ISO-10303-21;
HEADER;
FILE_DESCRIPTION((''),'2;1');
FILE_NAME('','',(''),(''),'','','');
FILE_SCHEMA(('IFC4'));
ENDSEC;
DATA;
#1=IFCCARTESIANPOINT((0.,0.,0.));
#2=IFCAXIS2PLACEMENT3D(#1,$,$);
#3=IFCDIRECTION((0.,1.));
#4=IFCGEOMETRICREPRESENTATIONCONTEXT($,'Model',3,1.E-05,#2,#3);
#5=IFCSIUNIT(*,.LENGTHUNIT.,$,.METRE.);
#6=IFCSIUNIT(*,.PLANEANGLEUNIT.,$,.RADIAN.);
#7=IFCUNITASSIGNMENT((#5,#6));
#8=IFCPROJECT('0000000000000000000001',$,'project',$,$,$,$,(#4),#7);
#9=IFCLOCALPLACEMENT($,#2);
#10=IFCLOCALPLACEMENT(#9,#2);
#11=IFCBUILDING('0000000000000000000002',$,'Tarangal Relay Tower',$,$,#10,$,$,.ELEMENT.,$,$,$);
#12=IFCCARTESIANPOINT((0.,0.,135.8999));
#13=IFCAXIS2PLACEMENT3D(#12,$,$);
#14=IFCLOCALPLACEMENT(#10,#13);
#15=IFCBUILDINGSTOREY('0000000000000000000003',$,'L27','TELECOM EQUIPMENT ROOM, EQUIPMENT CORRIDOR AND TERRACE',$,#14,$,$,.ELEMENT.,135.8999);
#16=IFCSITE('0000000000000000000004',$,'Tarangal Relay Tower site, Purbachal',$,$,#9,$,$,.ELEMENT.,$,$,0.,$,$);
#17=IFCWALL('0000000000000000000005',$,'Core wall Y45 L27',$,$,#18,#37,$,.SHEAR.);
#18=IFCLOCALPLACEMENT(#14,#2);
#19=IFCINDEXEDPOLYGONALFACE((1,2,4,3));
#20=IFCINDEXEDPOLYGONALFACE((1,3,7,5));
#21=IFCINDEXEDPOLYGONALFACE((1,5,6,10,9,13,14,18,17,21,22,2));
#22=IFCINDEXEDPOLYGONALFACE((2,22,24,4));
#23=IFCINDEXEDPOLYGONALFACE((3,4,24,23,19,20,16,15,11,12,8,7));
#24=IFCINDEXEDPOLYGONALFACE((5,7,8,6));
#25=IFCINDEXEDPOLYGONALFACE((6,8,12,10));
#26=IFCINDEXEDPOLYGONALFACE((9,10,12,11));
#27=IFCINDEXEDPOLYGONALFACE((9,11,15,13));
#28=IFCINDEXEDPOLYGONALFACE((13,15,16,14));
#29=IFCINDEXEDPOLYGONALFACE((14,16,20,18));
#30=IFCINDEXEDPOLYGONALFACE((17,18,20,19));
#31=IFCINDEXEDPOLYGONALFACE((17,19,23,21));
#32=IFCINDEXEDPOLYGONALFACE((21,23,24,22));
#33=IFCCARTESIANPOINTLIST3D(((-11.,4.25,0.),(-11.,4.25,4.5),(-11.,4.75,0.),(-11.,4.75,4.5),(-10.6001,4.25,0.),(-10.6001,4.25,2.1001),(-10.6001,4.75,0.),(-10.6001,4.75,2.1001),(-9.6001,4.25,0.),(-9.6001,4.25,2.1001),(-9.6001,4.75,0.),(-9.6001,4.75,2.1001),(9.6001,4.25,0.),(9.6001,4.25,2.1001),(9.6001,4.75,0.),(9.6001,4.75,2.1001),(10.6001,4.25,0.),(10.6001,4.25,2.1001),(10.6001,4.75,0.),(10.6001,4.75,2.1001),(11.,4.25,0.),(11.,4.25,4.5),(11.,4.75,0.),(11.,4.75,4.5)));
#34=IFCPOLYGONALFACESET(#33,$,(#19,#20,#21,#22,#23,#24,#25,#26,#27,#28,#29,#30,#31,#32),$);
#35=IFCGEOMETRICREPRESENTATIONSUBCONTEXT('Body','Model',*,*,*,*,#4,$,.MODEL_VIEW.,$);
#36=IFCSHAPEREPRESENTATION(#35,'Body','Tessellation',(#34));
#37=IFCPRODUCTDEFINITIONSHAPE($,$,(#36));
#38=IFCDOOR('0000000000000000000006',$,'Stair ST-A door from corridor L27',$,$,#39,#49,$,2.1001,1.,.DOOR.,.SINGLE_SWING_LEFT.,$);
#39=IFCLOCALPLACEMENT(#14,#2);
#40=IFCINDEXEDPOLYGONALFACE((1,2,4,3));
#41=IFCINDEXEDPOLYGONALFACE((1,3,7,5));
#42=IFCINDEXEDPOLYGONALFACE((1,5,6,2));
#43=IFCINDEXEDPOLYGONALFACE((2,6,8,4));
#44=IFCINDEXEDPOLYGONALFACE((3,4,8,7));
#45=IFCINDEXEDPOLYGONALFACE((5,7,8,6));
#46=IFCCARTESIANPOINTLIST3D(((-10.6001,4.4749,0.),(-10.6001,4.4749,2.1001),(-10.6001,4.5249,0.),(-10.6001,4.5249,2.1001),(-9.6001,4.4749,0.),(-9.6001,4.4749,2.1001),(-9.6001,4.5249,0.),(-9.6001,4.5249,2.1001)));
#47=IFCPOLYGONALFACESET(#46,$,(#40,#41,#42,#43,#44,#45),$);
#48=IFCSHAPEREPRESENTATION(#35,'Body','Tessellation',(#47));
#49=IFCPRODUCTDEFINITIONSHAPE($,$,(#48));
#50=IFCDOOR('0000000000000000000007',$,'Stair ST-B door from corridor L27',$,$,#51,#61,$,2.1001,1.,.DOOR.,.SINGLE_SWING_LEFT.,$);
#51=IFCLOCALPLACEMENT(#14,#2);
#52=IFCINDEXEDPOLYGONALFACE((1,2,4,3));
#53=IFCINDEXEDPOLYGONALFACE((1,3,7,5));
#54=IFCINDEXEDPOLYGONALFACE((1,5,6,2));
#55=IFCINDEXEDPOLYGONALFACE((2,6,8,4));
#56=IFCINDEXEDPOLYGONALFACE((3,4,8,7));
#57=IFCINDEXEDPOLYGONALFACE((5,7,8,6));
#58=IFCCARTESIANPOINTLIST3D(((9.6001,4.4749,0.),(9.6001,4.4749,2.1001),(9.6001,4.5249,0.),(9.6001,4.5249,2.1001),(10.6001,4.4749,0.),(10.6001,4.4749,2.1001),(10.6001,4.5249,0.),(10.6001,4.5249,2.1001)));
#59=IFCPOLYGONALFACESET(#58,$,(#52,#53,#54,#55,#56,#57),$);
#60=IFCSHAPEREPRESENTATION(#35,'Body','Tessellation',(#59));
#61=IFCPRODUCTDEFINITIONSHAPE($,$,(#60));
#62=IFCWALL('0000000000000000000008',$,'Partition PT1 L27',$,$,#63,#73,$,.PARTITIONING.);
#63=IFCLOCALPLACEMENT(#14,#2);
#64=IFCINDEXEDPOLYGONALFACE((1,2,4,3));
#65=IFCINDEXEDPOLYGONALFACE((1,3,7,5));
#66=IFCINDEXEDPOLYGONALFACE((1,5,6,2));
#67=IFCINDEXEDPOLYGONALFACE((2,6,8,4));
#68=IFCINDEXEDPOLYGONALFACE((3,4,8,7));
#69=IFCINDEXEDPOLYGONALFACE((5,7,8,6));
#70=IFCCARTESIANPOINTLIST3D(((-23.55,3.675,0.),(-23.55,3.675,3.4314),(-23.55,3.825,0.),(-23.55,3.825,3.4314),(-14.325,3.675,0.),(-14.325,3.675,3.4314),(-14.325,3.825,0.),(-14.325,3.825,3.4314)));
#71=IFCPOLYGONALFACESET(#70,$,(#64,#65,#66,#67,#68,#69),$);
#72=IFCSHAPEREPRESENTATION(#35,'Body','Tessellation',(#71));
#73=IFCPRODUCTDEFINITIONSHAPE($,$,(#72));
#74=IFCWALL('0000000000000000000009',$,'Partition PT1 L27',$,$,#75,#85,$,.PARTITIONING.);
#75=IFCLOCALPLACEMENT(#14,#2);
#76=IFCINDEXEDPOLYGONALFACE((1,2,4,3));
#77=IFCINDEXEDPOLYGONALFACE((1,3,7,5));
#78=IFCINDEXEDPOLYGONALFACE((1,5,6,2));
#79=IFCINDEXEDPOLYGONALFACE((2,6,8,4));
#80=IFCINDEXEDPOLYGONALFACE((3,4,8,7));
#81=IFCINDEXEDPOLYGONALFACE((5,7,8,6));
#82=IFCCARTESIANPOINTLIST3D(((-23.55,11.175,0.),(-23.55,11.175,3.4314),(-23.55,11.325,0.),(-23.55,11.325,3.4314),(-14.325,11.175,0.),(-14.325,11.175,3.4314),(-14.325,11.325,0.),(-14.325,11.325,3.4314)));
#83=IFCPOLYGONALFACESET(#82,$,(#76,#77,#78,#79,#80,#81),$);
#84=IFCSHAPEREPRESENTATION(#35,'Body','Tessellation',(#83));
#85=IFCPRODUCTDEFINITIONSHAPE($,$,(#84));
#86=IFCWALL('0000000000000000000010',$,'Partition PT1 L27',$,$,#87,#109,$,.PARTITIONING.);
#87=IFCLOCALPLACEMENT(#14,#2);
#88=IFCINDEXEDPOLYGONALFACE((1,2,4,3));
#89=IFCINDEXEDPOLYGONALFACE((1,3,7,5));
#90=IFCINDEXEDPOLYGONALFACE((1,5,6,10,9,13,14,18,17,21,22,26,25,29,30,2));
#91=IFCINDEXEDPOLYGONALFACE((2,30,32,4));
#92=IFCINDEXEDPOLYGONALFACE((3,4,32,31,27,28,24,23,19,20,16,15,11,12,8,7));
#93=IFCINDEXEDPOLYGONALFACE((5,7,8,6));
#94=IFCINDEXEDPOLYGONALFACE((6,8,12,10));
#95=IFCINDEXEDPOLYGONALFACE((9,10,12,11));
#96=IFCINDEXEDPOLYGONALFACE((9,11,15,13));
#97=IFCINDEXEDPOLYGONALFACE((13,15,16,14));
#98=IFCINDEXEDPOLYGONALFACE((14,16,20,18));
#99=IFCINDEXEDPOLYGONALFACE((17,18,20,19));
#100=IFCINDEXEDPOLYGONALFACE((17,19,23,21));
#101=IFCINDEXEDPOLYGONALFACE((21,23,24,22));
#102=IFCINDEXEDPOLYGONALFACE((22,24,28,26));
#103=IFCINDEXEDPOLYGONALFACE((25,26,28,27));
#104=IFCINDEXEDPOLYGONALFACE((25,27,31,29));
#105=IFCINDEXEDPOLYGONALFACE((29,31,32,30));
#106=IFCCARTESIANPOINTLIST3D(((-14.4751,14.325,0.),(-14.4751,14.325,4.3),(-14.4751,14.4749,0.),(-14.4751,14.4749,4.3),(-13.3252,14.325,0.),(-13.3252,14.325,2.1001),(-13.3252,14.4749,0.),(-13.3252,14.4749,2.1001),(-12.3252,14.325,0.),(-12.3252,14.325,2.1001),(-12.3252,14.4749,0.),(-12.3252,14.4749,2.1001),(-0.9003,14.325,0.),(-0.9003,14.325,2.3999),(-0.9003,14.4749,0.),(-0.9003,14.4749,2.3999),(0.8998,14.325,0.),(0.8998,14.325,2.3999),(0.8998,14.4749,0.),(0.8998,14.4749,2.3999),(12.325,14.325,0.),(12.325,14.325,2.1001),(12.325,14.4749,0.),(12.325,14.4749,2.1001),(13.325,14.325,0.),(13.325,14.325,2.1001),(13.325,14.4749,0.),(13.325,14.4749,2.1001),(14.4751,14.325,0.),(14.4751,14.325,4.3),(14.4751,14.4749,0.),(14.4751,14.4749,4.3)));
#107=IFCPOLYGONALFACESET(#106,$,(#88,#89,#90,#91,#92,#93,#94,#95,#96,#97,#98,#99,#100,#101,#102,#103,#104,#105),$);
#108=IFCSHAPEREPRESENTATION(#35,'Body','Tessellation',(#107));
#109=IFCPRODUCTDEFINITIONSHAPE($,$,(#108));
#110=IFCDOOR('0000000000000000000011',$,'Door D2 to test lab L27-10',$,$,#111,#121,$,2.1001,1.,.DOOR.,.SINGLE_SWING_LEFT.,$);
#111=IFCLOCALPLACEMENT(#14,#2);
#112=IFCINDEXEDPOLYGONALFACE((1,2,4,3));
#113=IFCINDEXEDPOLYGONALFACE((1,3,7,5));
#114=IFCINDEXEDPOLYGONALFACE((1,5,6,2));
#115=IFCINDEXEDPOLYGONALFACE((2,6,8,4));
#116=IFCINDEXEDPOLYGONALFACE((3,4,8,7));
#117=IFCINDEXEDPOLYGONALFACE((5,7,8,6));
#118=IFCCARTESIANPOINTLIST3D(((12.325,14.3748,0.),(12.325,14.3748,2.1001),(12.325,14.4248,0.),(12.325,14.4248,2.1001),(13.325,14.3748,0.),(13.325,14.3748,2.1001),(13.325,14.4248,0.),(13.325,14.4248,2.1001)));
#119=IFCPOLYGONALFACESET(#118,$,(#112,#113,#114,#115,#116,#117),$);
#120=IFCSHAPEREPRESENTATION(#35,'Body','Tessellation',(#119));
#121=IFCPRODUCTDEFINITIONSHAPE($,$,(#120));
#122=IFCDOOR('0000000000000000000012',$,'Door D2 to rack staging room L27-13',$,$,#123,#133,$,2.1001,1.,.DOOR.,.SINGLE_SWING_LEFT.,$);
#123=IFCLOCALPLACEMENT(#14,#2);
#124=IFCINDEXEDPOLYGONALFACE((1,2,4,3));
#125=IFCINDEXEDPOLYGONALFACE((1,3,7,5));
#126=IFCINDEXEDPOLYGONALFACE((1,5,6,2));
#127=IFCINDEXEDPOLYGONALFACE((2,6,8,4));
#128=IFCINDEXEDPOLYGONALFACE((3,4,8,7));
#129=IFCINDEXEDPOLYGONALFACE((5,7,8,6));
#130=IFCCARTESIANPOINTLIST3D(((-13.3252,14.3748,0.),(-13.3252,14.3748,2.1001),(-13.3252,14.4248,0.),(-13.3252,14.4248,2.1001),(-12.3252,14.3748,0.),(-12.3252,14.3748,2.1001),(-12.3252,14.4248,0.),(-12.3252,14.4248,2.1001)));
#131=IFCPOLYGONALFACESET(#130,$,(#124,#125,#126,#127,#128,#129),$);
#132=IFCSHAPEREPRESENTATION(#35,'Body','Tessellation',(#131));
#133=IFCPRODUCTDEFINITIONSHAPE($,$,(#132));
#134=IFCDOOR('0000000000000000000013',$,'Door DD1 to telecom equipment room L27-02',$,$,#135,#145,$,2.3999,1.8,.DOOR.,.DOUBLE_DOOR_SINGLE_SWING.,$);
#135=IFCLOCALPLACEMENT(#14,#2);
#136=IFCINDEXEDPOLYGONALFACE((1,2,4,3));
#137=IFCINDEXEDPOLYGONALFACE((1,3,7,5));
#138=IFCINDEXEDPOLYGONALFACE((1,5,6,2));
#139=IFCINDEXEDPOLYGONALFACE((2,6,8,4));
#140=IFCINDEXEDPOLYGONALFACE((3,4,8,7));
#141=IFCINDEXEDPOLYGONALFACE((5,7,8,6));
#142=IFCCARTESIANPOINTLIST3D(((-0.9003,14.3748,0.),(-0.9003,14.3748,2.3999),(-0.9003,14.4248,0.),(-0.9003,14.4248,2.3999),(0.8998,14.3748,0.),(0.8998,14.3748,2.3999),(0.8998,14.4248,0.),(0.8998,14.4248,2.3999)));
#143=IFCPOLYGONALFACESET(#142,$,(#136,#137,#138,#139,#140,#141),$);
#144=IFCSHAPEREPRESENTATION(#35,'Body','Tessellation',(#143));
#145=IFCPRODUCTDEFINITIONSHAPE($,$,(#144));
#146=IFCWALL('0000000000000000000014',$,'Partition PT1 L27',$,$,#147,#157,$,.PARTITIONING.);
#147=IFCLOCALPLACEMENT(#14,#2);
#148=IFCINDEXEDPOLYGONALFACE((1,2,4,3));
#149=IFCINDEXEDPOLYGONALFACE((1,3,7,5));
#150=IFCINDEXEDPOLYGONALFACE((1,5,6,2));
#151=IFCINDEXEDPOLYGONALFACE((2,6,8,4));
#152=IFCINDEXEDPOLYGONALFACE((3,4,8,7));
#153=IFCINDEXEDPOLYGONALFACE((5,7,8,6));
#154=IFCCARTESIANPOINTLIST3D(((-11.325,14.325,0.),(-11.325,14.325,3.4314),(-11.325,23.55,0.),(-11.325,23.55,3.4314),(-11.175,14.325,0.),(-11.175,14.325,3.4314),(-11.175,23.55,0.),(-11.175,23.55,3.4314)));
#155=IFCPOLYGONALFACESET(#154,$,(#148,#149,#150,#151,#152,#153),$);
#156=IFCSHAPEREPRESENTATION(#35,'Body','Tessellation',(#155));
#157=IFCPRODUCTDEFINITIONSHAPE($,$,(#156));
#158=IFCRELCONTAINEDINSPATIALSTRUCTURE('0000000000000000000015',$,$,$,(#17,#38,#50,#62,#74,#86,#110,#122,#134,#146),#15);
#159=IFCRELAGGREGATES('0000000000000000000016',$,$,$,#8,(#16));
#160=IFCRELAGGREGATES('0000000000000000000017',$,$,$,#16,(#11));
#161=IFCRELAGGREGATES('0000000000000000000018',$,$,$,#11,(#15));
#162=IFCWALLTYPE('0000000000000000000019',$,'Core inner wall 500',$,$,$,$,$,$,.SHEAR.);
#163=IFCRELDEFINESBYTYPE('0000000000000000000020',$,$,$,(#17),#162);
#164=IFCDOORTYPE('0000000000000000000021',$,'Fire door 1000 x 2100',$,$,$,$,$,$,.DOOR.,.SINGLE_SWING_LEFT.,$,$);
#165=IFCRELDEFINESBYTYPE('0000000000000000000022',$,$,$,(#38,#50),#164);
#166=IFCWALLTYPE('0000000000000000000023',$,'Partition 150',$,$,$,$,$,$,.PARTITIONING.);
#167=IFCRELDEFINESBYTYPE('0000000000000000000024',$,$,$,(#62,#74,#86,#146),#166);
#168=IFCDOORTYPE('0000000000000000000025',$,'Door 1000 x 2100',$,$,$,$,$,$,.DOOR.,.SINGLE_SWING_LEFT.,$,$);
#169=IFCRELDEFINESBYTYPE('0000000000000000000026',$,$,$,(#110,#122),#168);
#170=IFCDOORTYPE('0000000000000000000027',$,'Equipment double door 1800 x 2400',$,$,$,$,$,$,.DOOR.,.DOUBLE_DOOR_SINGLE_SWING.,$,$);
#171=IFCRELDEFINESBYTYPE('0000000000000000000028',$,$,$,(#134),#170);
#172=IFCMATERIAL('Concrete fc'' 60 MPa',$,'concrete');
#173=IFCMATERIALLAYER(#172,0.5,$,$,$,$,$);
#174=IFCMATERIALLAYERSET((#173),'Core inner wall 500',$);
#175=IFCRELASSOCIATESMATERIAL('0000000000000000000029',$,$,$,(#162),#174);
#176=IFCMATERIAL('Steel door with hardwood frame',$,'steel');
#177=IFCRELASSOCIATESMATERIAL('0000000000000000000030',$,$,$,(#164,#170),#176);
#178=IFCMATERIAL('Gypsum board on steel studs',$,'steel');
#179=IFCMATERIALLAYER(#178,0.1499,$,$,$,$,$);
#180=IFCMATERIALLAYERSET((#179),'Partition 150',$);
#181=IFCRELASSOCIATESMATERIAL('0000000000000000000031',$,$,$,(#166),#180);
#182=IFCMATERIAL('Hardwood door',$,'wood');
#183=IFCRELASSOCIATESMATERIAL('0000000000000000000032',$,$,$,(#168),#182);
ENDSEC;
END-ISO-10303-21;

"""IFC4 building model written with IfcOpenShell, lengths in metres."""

from ifc_helpers import new_model, si_unit, direction, frame, frame_2d, origin, place, context, subcontext, project, spatial, rectangle, extrude, material, layer, layer_set, type_object, element, fill, save


model = new_model("IFC4")

# Units and contexts
model_context = context("Model", 3, precision=1e-05, world=origin(), true_north=direction((0.0, 1.0)))
body_context = subcontext(model_context, "Body", "Model", "MODEL_VIEW")
ifc_project = project(units=[si_unit("LENGTHUNIT", "METRE"), si_unit("PLANEANGLEUNIT", "RADIAN")], contexts=[model_context])

# Site, building, storey
site_placement = place(None, origin())
site = spatial("IfcSite", under=ifc_project, at=site_placement, Name="Tarangal Relay Tower site, Purbachal", CompositionType="ELEMENT", RefElevation=0.0)
building_placement = place(site_placement, origin())
building = spatial("IfcBuilding", under=site, at=building_placement, Name="Tarangal Relay Tower", CompositionType="ELEMENT")
storey_placement = place(building_placement, frame((0.0, 0.0, 135.8999)))
storey = spatial("IfcBuildingStorey", under=building, at=storey_placement, Name="L27", Description="TELECOM EQUIPMENT ROOM, EQUIPMENT CORRIDOR AND TERRACE", CompositionType="ELEMENT", Elevation=135.8999)

# Wall, openings, doors
ifc_material_1 = material(Name="Concrete fc' 60 MPa", Category="concrete")
ifc_layer_1 = layer(ifc_material_1, 0.5)
ifc_layer_set_1 = layer_set([ifc_layer_1], Name="Core inner wall 500")
wall_type_1 = type_object("IfcWallType", Name="Core inner wall 500", PredefinedType="SHEAR", material=ifc_layer_set_1)
wall_1_placement = place(storey_placement, frame((-11.0, 4.5, 0.0), z_axis=(0.0, 0.0, 1.0), x_axis=(1.0, 0.0, 0.0)))
wall_1 = element("IfcWall", 1, at=wall_1_placement, inside=storey, type_object=wall_type_1, Name="Core wall Y45 L27", PredefinedType="SHEAR", context=body_context, shape_type="SweptSolid", body=[
    extrude(rectangle(XDim=22.0, YDim=0.5, at=frame_2d((11.0, 0.0))), origin(), (0.0, 0.0, 1.0), 4.5),
])
opening_1_placement = place(wall_1_placement, frame((0.3999, 0.0, 0.0)))
opening_1 = element("IfcOpeningElement", 2, at=opening_1_placement, cuts=wall_1, PredefinedType="OPENING", context=body_context, shape_type="SweptSolid", body=[
    extrude(rectangle(XDim=1.0, YDim=2.1001, at=frame_2d((0.5, 1.05))), frame((0.0, 0.26, 0.0), z_axis=(0.0, -1.0, 0.0), x_axis=(1.0, 0.0, 0.0)), (0.0, 0.0, 1.0), 0.52),
])
opening_2_placement = place(wall_1_placement, frame((20.6001, 0.0, 0.0)))
opening_2 = element("IfcOpeningElement", 3, at=opening_2_placement, cuts=wall_1, PredefinedType="OPENING", context=body_context, shape_type="SweptSolid", body=[
    extrude(rectangle(XDim=1.0, YDim=2.1001, at=frame_2d((0.5, 1.05))), frame((0.0, 0.26, 0.0), z_axis=(0.0, -1.0, 0.0), x_axis=(1.0, 0.0, 0.0)), (0.0, 0.0, 1.0), 0.52),
])
ifc_material_2 = material(Name="Steel door with hardwood frame", Category="steel")
door_type_1 = type_object("IfcDoorType", Name="Fire door 1000 x 2100", OperationType="SINGLE_SWING_LEFT", PredefinedType="DOOR", material=ifc_material_2)
door_1_placement = place(opening_1_placement, origin())
door_1 = element("IfcDoor", 4, at=door_1_placement, inside=storey, type_object=door_type_1, Name="Stair ST-A door from corridor L27", OperationType="SINGLE_SWING_LEFT", OverallHeight=2.1001, OverallWidth=1.0, PredefinedType="DOOR", context=body_context, shape_type="SweptSolid", body=[
    extrude(rectangle(XDim=1.0, YDim=2.1001, at=frame_2d((0.5, 1.05))), frame((0.0, 0.0249, 0.0), z_axis=(0.0, -1.0, 0.0), x_axis=(1.0, 0.0, 0.0)), (0.0, 0.0, 1.0), 0.05),
])
fill(opening_1, door_1)
door_2_placement = place(opening_2_placement, origin())
door_2 = element("IfcDoor", 5, at=door_2_placement, inside=storey, type_object=door_type_1, Name="Stair ST-B door from corridor L27", OperationType="SINGLE_SWING_LEFT", OverallHeight=2.1001, OverallWidth=1.0, PredefinedType="DOOR", context=body_context, shape_type="SweptSolid", body=[
    extrude(rectangle(XDim=1.0, YDim=2.1001, at=frame_2d((0.5, 1.05))), frame((0.0, 0.0249, 0.0), z_axis=(0.0, -1.0, 0.0), x_axis=(1.0, 0.0, 0.0)), (0.0, 0.0, 1.0), 0.05),
])
fill(opening_2, door_2)

# Walls
ifc_material_3 = material(Name="Gypsum board on steel studs", Category="steel")
ifc_layer_2 = layer(ifc_material_3, 0.1499)
ifc_layer_set_2 = layer_set([ifc_layer_2], Name="Partition 150")
wall_type_2 = type_object("IfcWallType", Name="Partition 150", PredefinedType="PARTITIONING", material=ifc_layer_set_2)
for number, where, z_axis, x_axis, name in (
    (6, (-23.55, 3.75, 0.0), (0.0, 0.0, 1.0), (1.0, 0.0, 0.0), "Partition PT1 L27"),
    (7, (-23.55, 11.25, 0.0), (0.0, 0.0, 1.0), (1.0, 0.0, 0.0), "Partition PT1 L27"),
):
    element("IfcWall", number, at=place(storey_placement, frame(where, z_axis=z_axis, x_axis=x_axis)), inside=storey, type_object=wall_type_2, Name=name, PredefinedType="PARTITIONING", context=body_context, shape_type="SweptSolid", body=[
        extrude(rectangle(XDim=9.2251, YDim=0.1499, at=frame_2d((4.6125, 0.0))), origin(), (0.0, 0.0, 1.0), 3.4314),
    ])

# Wall, openings, doors
wall_2_placement = place(storey_placement, frame((-14.4751, 14.3999, 0.0), z_axis=(0.0, 0.0, 1.0), x_axis=(1.0, 0.0, 0.0)))
wall_2 = element("IfcWall", 8, at=wall_2_placement, inside=storey, type_object=wall_type_2, Name="Partition PT1 L27", PredefinedType="PARTITIONING", context=body_context, shape_type="SweptSolid", body=[
    extrude(rectangle(XDim=28.9502, YDim=0.1499, at=frame_2d((14.4751, 0.0))), origin(), (0.0, 0.0, 1.0), 4.3),
])
opening_3_placement = place(wall_2_placement, frame((13.575, 0.0, 0.0)))
opening_3 = element("IfcOpeningElement", 9, at=opening_3_placement, cuts=wall_2, PredefinedType="OPENING", context=body_context, shape_type="SweptSolid", body=[
    extrude(rectangle(XDim=1.8, YDim=2.3999, at=frame_2d((0.8999, 1.2))), frame((0.0, 0.085, 0.0), z_axis=(0.0, -1.0, 0.0), x_axis=(1.0, 0.0, 0.0)), (0.0, 0.0, 1.0), 0.1699),
])
opening_4_placement = place(wall_2_placement, frame((26.8, 0.0, 0.0)))
opening_4 = element("IfcOpeningElement", 10, at=opening_4_placement, cuts=wall_2, PredefinedType="OPENING", context=body_context, shape_type="SweptSolid", body=[
    extrude(rectangle(XDim=1.0, YDim=2.1001, at=frame_2d((0.5, 1.05))), frame((0.0, 0.085, 0.0), z_axis=(0.0, -1.0, 0.0), x_axis=(1.0, 0.0, 0.0)), (0.0, 0.0, 1.0), 0.1699),
])
opening_5_placement = place(wall_2_placement, frame((1.1499, 0.0, 0.0)))
opening_5 = element("IfcOpeningElement", 11, at=opening_5_placement, cuts=wall_2, PredefinedType="OPENING", context=body_context, shape_type="SweptSolid", body=[
    extrude(rectangle(XDim=1.0, YDim=2.1001, at=frame_2d((0.5, 1.05))), frame((0.0, 0.085, 0.0), z_axis=(0.0, -1.0, 0.0), x_axis=(1.0, 0.0, 0.0)), (0.0, 0.0, 1.0), 0.1699),
])
ifc_material_4 = material(Name="Hardwood door", Category="wood")
door_type_2 = type_object("IfcDoorType", Name="Door 1000 x 2100", OperationType="SINGLE_SWING_LEFT", PredefinedType="DOOR", material=ifc_material_4)
door_3_placement = place(opening_4_placement, origin())
door_3 = element("IfcDoor", 12, at=door_3_placement, inside=storey, type_object=door_type_2, Name="Door D2 to test lab L27-10", OperationType="SINGLE_SWING_LEFT", OverallHeight=2.1001, OverallWidth=1.0, PredefinedType="DOOR", context=body_context, shape_type="SweptSolid", body=[
    extrude(rectangle(XDim=1.0, YDim=2.1001, at=frame_2d((0.5, 1.05))), frame((0.0, 0.0249, 0.0), z_axis=(0.0, -1.0, 0.0), x_axis=(1.0, 0.0, 0.0)), (0.0, 0.0, 1.0), 0.05),
])
fill(opening_4, door_3)
door_4_placement = place(opening_5_placement, origin())
door_4 = element("IfcDoor", 13, at=door_4_placement, inside=storey, type_object=door_type_2, Name="Door D2 to rack staging room L27-13", OperationType="SINGLE_SWING_LEFT", OverallHeight=2.1001, OverallWidth=1.0, PredefinedType="DOOR", context=body_context, shape_type="SweptSolid", body=[
    extrude(rectangle(XDim=1.0, YDim=2.1001, at=frame_2d((0.5, 1.05))), frame((0.0, 0.0249, 0.0), z_axis=(0.0, -1.0, 0.0), x_axis=(1.0, 0.0, 0.0)), (0.0, 0.0, 1.0), 0.05),
])
fill(opening_5, door_4)
door_type_3 = type_object("IfcDoorType", Name="Equipment double door 1800 x 2400", OperationType="DOUBLE_DOOR_SINGLE_SWING", PredefinedType="DOOR", material=ifc_material_2)
door_5_placement = place(opening_3_placement, origin())
door_5 = element("IfcDoor", 14, at=door_5_placement, inside=storey, type_object=door_type_3, Name="Door DD1 to telecom equipment room L27-02", OperationType="DOUBLE_DOOR_SINGLE_SWING", OverallHeight=2.3999, OverallWidth=1.8, PredefinedType="DOOR", context=body_context, shape_type="SweptSolid", body=[
    extrude(rectangle(XDim=1.8, YDim=2.3999, at=frame_2d((0.8999, 1.2))), frame((0.0, 0.0249, 0.0), z_axis=(0.0, -1.0, 0.0), x_axis=(1.0, 0.0, 0.0)), (0.0, 0.0, 1.0), 0.05),
])
fill(opening_3, door_5)

# Wall
wall_3_placement = place(storey_placement, frame((-11.25, 14.325, 0.0), z_axis=(0.0, 0.0, 1.0), x_axis=(0.0, 1.0, 0.0)))
element("IfcWall", 15, at=wall_3_placement, inside=storey, type_object=wall_type_2, Name="Partition PT1 L27", PredefinedType="PARTITIONING", context=body_context, shape_type="SweptSolid", body=[
    extrude(rectangle(XDim=9.2251, YDim=0.1499, at=frame_2d((4.6125, 0.0))), origin(), (0.0, 0.0, 1.0), 3.4314),
])

save(model, "model.ifc")
